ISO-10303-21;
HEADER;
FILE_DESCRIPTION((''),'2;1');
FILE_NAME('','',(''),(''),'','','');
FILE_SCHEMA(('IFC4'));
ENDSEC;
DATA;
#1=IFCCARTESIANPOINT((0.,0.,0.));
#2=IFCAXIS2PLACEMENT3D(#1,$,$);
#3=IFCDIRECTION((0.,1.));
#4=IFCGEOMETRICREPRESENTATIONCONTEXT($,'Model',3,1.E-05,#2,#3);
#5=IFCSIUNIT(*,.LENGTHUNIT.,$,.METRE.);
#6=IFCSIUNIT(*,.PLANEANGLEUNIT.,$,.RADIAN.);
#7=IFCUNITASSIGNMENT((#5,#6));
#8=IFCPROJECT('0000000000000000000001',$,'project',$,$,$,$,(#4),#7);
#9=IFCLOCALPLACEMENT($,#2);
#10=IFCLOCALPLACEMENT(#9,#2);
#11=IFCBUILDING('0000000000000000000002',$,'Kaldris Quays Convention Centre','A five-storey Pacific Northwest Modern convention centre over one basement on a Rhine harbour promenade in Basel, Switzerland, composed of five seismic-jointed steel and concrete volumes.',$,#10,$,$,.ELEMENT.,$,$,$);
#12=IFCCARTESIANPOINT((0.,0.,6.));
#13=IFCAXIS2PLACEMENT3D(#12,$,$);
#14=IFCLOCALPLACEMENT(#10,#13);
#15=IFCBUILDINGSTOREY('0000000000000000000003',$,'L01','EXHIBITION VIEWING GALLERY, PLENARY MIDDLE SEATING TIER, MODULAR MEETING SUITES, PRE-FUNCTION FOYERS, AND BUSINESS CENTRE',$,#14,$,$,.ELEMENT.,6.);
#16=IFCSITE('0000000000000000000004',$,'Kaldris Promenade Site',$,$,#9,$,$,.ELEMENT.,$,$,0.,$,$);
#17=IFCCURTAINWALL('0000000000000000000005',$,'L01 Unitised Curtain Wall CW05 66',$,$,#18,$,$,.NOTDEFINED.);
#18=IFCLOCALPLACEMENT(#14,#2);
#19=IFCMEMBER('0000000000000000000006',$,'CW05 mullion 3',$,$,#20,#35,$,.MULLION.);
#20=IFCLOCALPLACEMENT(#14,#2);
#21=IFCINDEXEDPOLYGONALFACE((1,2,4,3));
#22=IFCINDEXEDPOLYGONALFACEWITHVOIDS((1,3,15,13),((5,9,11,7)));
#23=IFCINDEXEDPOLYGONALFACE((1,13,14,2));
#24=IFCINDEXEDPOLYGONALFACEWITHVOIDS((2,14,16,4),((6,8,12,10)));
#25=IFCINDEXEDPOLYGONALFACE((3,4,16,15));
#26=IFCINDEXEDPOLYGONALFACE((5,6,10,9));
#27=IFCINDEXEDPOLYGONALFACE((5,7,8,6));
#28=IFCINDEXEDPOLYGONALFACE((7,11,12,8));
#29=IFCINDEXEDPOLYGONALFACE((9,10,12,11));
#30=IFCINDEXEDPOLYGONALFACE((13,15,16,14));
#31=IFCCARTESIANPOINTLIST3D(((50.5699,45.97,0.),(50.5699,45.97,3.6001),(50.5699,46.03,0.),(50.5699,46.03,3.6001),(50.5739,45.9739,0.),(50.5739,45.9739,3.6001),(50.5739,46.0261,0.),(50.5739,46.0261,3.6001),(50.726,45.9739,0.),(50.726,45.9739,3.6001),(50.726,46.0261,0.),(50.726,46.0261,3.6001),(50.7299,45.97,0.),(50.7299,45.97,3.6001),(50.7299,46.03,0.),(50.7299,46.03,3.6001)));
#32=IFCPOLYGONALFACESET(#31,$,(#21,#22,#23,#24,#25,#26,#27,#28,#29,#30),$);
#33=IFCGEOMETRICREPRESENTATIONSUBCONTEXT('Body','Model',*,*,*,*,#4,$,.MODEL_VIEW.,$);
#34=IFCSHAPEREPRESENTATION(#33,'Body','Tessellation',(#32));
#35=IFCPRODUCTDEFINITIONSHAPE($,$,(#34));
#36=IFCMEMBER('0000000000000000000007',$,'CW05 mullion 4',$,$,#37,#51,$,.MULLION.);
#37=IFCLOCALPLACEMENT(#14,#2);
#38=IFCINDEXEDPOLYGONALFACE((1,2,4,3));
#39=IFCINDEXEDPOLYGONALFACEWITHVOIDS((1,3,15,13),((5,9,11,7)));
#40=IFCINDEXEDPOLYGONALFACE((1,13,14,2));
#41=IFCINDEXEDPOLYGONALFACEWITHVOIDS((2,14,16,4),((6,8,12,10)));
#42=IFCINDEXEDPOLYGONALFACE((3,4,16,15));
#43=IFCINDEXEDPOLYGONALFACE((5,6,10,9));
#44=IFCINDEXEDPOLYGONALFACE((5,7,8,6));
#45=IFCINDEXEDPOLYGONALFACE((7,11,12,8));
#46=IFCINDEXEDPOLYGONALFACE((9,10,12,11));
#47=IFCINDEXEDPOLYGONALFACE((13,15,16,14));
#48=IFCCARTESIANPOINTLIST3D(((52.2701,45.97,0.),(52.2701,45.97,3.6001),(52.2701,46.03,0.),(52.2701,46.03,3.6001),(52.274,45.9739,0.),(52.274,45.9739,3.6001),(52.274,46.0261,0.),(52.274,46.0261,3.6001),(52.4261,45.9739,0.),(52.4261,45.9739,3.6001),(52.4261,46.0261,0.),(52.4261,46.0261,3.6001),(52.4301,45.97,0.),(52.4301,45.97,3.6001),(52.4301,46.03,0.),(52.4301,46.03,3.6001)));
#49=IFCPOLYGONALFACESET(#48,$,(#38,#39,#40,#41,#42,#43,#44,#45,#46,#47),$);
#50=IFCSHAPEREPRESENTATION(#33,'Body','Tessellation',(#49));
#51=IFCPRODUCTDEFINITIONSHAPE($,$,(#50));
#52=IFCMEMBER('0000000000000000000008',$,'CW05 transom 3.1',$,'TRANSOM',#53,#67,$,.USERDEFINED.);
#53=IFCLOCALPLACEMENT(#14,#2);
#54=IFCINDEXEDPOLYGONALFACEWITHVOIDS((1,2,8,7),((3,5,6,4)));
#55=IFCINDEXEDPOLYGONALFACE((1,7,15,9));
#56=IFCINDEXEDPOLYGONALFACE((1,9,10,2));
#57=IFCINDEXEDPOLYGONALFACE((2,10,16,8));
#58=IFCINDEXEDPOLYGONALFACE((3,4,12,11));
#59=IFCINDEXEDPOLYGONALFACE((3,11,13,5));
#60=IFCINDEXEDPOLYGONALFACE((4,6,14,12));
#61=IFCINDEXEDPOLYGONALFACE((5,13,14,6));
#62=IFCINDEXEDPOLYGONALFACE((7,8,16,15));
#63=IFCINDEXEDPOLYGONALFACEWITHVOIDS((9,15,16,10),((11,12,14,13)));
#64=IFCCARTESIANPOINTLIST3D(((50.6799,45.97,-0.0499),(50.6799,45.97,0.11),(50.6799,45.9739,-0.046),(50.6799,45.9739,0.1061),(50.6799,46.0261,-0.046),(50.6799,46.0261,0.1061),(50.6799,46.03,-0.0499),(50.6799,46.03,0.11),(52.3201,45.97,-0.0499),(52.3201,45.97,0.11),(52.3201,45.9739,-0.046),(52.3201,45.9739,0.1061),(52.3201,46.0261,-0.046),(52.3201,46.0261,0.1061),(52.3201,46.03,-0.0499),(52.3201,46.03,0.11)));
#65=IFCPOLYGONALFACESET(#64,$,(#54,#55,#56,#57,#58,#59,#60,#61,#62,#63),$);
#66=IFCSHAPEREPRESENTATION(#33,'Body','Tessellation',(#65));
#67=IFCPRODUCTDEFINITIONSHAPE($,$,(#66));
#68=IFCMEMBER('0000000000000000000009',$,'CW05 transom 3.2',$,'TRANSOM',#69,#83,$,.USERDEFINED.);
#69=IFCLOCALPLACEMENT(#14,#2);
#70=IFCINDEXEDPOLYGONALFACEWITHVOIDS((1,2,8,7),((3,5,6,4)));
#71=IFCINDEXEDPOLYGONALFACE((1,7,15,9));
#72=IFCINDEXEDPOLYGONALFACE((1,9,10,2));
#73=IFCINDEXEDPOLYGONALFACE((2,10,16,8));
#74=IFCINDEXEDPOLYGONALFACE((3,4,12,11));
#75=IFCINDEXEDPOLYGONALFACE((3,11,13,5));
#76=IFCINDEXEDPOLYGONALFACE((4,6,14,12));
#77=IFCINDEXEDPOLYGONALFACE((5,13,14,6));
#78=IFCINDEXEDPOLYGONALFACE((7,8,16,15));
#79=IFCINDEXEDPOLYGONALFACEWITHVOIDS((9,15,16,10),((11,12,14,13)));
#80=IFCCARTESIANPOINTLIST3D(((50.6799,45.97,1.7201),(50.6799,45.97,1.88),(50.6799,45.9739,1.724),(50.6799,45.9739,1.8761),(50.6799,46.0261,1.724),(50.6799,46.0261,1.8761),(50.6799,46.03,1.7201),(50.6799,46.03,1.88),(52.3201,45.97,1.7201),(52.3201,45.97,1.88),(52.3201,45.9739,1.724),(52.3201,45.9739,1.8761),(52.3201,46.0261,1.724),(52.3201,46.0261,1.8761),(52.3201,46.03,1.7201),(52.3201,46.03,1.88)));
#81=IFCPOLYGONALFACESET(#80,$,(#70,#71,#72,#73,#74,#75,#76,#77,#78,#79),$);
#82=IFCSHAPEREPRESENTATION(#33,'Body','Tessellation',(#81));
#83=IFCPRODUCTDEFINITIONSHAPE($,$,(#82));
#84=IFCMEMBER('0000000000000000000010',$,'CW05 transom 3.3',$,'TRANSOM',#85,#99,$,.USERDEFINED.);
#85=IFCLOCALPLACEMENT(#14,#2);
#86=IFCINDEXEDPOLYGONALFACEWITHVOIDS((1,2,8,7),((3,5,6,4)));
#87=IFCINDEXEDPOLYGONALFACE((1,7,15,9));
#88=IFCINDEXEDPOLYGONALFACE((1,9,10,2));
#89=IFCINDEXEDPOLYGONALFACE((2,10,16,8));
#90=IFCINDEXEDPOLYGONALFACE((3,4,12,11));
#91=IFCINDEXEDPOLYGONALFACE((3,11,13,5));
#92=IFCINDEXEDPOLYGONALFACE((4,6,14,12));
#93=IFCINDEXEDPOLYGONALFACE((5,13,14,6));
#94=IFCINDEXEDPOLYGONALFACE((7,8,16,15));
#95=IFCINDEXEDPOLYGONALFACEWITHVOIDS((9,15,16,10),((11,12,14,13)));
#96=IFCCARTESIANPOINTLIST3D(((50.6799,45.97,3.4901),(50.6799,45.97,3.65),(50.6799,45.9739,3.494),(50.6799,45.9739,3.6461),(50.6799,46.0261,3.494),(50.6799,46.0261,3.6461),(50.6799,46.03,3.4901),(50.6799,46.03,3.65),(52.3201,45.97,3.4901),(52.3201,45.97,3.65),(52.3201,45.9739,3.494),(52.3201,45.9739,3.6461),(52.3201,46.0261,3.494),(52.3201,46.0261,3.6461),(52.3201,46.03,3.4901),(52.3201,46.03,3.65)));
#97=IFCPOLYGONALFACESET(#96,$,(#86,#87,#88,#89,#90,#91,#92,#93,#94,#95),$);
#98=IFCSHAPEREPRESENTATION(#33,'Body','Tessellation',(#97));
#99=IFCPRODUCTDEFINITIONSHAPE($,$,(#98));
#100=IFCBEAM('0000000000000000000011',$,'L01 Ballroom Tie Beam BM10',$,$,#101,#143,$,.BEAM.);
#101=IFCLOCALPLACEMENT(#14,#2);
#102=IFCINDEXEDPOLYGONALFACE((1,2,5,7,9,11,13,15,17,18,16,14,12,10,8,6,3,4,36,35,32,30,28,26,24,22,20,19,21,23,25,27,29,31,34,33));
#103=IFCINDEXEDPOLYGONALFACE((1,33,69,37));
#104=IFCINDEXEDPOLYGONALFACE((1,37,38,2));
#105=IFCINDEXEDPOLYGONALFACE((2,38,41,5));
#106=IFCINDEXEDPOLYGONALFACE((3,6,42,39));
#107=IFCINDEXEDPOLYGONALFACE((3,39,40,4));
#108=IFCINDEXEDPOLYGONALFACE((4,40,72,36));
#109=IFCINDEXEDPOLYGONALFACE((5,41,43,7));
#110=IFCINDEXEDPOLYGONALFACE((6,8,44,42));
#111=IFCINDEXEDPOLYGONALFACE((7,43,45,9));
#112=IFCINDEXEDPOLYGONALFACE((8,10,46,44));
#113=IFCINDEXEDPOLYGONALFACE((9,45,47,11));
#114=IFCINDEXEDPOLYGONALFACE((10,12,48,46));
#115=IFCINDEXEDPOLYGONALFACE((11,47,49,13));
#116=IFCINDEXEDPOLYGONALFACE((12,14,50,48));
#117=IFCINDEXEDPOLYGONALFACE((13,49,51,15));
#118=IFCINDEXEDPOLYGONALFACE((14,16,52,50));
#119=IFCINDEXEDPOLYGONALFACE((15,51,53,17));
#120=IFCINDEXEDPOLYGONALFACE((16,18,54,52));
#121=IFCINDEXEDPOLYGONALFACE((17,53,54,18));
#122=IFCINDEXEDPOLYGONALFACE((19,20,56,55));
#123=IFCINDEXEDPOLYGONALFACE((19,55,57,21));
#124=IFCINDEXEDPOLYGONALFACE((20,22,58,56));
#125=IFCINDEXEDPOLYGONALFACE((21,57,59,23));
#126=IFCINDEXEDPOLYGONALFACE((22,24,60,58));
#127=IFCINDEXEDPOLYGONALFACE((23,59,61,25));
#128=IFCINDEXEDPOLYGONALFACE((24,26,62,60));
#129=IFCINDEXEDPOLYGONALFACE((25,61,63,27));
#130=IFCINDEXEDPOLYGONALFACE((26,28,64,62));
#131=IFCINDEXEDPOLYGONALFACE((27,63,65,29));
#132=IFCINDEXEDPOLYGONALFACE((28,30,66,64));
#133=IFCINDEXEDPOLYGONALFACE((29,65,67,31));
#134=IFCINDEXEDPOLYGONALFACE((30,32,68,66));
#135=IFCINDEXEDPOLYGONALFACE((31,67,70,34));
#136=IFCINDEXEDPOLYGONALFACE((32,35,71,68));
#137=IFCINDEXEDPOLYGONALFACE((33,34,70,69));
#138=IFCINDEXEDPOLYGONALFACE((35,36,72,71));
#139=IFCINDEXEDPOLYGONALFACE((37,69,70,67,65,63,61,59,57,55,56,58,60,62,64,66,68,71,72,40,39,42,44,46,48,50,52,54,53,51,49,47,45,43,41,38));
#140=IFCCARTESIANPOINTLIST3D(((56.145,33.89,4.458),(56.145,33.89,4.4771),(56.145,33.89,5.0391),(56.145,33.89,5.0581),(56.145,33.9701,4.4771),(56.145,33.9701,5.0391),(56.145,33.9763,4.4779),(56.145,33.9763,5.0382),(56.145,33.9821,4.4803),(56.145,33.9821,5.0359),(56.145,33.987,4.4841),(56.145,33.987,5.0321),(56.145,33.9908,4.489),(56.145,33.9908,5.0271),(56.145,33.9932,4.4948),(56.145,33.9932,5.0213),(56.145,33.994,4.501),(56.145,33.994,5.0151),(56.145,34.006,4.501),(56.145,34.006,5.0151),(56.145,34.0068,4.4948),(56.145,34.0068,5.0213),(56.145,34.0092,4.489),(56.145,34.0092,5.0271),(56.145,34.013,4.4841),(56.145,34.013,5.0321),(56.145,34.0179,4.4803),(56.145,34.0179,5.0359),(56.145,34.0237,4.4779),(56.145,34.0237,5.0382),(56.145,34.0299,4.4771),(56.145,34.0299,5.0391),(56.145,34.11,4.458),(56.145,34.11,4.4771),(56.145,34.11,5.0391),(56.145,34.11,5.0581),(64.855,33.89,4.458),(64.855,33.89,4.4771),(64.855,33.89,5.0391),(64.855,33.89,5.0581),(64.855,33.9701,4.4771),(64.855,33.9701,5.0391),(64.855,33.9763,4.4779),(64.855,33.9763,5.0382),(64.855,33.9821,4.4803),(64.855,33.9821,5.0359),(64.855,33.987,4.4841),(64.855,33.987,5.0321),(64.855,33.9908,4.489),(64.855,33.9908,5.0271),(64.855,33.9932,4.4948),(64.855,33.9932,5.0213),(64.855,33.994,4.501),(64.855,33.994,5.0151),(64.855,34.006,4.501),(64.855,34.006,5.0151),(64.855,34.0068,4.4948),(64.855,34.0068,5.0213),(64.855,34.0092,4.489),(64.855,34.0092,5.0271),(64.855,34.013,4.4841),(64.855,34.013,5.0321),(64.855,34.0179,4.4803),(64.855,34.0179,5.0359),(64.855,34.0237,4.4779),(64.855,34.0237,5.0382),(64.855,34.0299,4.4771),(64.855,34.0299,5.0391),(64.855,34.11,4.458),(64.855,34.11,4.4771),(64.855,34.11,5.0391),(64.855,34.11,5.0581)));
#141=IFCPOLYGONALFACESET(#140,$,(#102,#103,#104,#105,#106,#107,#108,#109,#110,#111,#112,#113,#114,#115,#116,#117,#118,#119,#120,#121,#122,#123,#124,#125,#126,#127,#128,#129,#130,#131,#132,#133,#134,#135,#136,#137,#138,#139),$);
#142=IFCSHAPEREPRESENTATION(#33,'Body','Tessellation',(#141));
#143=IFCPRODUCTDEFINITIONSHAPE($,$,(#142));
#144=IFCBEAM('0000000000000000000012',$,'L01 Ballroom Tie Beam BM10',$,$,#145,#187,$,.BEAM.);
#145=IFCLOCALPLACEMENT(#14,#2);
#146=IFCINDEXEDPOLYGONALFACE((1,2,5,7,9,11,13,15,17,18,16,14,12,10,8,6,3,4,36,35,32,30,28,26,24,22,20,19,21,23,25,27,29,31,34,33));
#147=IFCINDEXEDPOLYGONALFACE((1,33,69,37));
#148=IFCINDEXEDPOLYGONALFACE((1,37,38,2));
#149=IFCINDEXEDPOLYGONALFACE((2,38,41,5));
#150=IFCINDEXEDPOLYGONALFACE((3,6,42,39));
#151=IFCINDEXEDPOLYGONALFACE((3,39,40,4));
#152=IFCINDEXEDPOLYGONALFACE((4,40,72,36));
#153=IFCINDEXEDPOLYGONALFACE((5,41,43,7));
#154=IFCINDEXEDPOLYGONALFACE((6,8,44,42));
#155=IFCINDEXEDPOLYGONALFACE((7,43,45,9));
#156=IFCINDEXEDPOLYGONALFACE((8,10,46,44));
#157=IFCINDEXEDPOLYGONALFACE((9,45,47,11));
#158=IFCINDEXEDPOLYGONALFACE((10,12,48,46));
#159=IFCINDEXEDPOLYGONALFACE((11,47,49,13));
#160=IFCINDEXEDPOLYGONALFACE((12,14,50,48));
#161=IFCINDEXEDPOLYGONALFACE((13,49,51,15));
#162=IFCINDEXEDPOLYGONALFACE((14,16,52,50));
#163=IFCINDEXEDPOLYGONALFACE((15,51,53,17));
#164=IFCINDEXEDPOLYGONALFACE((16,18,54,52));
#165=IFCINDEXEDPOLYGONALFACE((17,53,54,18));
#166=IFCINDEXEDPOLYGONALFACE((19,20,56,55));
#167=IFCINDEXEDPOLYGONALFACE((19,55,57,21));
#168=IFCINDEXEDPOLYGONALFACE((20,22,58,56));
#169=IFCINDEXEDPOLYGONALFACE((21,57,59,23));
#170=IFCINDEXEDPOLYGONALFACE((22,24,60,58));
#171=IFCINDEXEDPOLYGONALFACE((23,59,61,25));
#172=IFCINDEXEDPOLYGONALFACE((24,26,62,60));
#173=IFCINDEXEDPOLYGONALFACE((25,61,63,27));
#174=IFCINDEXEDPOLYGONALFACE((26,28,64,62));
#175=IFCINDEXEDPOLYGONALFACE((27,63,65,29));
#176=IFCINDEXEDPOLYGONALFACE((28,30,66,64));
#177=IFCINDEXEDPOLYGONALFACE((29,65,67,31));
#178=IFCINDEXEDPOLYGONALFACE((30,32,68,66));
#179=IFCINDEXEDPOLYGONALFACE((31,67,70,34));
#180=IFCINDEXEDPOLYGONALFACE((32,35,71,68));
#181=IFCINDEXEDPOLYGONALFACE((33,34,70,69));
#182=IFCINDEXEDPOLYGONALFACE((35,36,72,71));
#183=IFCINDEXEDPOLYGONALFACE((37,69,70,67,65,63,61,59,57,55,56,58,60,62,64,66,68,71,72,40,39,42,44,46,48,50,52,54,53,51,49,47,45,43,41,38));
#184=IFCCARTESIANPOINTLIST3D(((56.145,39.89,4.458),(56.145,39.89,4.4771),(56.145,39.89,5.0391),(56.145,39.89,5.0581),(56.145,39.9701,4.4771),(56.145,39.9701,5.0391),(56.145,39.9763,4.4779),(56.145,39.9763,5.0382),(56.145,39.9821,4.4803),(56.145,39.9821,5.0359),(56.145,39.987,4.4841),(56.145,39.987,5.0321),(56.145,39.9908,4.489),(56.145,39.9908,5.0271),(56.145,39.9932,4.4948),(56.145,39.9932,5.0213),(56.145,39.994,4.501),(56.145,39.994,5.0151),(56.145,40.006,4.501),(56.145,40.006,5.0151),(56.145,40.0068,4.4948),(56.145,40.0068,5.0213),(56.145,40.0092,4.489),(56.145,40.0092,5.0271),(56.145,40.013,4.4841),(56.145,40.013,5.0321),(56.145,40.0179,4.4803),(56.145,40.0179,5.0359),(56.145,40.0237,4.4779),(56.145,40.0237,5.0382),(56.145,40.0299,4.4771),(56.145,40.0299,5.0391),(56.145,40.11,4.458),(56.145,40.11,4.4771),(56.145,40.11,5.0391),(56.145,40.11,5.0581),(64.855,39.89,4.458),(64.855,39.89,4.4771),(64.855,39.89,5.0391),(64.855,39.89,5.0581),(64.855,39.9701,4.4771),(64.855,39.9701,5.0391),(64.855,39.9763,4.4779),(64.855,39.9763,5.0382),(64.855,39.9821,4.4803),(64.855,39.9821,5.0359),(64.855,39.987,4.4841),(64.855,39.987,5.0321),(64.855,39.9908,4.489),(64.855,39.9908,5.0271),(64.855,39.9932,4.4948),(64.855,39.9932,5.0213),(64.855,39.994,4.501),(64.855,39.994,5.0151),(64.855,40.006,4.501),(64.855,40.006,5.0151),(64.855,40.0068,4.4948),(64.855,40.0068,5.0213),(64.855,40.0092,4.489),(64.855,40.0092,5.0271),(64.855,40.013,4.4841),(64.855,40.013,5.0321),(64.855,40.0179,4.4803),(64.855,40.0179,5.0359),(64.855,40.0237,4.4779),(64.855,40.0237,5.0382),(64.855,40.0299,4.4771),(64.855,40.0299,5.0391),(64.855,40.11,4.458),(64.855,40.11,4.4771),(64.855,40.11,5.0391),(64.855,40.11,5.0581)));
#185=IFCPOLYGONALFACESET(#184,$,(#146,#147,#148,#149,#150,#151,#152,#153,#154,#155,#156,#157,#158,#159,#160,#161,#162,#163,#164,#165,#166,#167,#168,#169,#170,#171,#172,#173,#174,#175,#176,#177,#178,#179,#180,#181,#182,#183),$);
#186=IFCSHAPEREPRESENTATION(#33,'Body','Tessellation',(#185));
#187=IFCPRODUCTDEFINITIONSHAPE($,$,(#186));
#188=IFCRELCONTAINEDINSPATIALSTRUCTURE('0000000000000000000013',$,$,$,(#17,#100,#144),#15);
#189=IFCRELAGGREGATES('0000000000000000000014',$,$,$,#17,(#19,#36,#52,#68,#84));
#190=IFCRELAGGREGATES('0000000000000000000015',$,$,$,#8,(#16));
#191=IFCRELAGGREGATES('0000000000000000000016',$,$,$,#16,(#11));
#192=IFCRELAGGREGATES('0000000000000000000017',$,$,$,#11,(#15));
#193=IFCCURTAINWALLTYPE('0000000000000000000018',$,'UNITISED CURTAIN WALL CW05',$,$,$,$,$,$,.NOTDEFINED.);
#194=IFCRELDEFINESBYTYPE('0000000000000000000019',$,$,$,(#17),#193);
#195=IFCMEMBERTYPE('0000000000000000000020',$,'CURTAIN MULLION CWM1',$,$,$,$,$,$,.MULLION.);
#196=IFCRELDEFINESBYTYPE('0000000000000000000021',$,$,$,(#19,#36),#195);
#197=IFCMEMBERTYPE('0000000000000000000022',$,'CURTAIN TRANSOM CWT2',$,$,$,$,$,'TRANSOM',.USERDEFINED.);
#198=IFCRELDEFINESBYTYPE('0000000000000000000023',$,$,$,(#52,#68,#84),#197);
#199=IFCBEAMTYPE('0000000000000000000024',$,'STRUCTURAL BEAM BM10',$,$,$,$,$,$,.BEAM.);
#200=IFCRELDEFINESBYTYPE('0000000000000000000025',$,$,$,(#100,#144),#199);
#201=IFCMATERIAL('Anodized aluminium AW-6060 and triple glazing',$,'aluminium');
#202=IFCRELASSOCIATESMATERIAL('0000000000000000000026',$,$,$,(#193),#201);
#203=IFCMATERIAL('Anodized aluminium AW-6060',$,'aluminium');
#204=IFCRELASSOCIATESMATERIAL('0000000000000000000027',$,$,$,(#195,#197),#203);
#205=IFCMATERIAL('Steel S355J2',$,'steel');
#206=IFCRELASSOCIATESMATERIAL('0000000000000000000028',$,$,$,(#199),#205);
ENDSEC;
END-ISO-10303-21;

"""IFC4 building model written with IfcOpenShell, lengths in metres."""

from ifc_helpers import new_model, si_unit, direction, frame, origin, origin_2d, place, context, subcontext, project, spatial, hollow_rectangle, i_section, extrude, material, material_profile, profile_set, type_object, element, aggregate, save


model = new_model("IFC4")

# Units and contexts
model_context = context("Model", 3, precision=1e-05, world=origin(), true_north=direction((0.0, 1.0)))
body_context = subcontext(model_context, "Body", "Model", "MODEL_VIEW")
ifc_project = project(units=[si_unit("LENGTHUNIT", "METRE"), si_unit("PLANEANGLEUNIT", "RADIAN")], contexts=[model_context])

# Site, building, storey
site_placement = place(None, origin())
site = spatial("IfcSite", under=ifc_project, at=site_placement, Name="Kaldris Promenade Site", CompositionType="ELEMENT", RefElevation=0.0)
building_placement = place(site_placement, origin())
building = spatial("IfcBuilding", under=site, at=building_placement, Name="Kaldris Quays Convention Centre", Description="A five-storey Pacific Northwest Modern convention centre over one basement on a Rhine harbour promenade in Basel, Switzerland, composed of five seismic-jointed steel and concrete volumes.", CompositionType="ELEMENT")
storey_placement = place(building_placement, frame((0.0, 0.0, 6.0)))
storey = spatial("IfcBuildingStorey", under=building, at=storey_placement, Name="L01", Description="EXHIBITION VIEWING GALLERY, PLENARY MIDDLE SEATING TIER, MODULAR MEETING SUITES, PRE-FUNCTION FOYERS, AND BUSINESS CENTRE", CompositionType="ELEMENT", Elevation=6.0)

# Curtain wall, members
ifc_material_1 = material(Name="Anodized aluminium AW-6060 and triple glazing", Category="aluminium")
curtain_wall_type = type_object("IfcCurtainWallType", Name="UNITISED CURTAIN WALL CW05", PredefinedType="NOTDEFINED", material=ifc_material_1)
curtain_wall_placement = place(storey_placement, origin())
curtain_wall = element("IfcCurtainWall", 1, at=curtain_wall_placement, inside=storey, type_object=curtain_wall_type, Name="L01 Unitised Curtain Wall CW05 66", PredefinedType="NOTDEFINED")
ifc_material_2 = material(Name="Anodized aluminium AW-6060", Category="aluminium")
ifc_material_profile_1 = material_profile(ifc_material_2, hollow_rectangle(XDim=0.0601, YDim=0.1599, WallThickness=0.0039, at=origin_2d()), Name="RHS 160x60x4")
ifc_profile_set_1 = profile_set([ifc_material_profile_1], Name="Anodized aluminium AW-6060")
member_type_1 = type_object("IfcMemberType", Name="CURTAIN MULLION CWM1", PredefinedType="MULLION", material=ifc_profile_set_1)
member_1_placement = place(storey_placement, frame((50.6499, 46.0, 0.0), z_axis=(0.0, 0.0, 1.0), x_axis=(0.0, 1.0, 0.0)))
member_1 = element("IfcMember", 2, at=member_1_placement, type_object=member_type_1, Name="CW05 mullion 3", PredefinedType="MULLION", context=body_context, shape_type="SweptSolid", body=[
    extrude(hollow_rectangle(XDim=0.0601, YDim=0.1599, WallThickness=0.0039, at=origin_2d()), origin(), (0.0, 0.0, 1.0), 3.6001),
])
member_2_placement = place(storey_placement, frame((52.3501, 46.0, 0.0), z_axis=(0.0, 0.0, 1.0), x_axis=(0.0, 1.0, 0.0)))
member_2 = element("IfcMember", 3, at=member_2_placement, type_object=member_type_1, Name="CW05 mullion 4", PredefinedType="MULLION", context=body_context, shape_type="SweptSolid", body=[
    extrude(hollow_rectangle(XDim=0.0601, YDim=0.1599, WallThickness=0.0039, at=origin_2d()), origin(), (0.0, 0.0, 1.0), 3.6001),
])
ifc_material_profile_2 = material_profile(ifc_material_2, hollow_rectangle(XDim=0.0601, YDim=0.1599, WallThickness=0.0039, at=origin_2d()), Name="RHS 160x60x4")
ifc_profile_set_2 = profile_set([ifc_material_profile_2], Name="Anodized aluminium AW-6060")
member_type_2 = type_object("IfcMemberType", Name="CURTAIN TRANSOM CWT2", ElementType="TRANSOM", PredefinedType="USERDEFINED", material=ifc_profile_set_2)
member_3_placement = place(storey_placement, frame((50.6799, 46.0, 0.03), z_axis=(1.0, 0.0, 0.0), x_axis=(0.0, 1.0, 0.0)))
member_3 = element("IfcMember", 4, at=member_3_placement, type_object=member_type_2, Name="CW05 transom 3.1", ObjectType="TRANSOM", PredefinedType="USERDEFINED", context=body_context, shape_type="SweptSolid", body=[
    extrude(hollow_rectangle(XDim=0.0601, YDim=0.1599, WallThickness=0.0039, at=origin_2d()), origin(), (0.0, 0.0, 1.0), 1.6401),
])
member_4_placement = place(storey_placement, frame((50.6799, 46.0, 1.8), z_axis=(1.0, 0.0, 0.0), x_axis=(0.0, 1.0, 0.0)))
member_4 = element("IfcMember", 5, at=member_4_placement, type_object=member_type_2, Name="CW05 transom 3.2", ObjectType="TRANSOM", PredefinedType="USERDEFINED", context=body_context, shape_type="SweptSolid", body=[
    extrude(hollow_rectangle(XDim=0.0601, YDim=0.1599, WallThickness=0.0039, at=origin_2d()), origin(), (0.0, 0.0, 1.0), 1.6401),
])
member_5_placement = place(storey_placement, frame((50.6799, 46.0, 3.5701), z_axis=(1.0, 0.0, 0.0), x_axis=(0.0, 1.0, 0.0)))
member_5 = element("IfcMember", 6, at=member_5_placement, type_object=member_type_2, Name="CW05 transom 3.3", ObjectType="TRANSOM", PredefinedType="USERDEFINED", context=body_context, shape_type="SweptSolid", body=[
    extrude(hollow_rectangle(XDim=0.0601, YDim=0.1599, WallThickness=0.0039, at=origin_2d()), origin(), (0.0, 0.0, 1.0), 1.6401),
])

# Beams
ifc_material_3 = material(Name="Steel S355J2", Category="steel")
ifc_material_profile_3 = material_profile(ifc_material_3, i_section(OverallWidth=0.22, OverallDepth=0.6001, WebThickness=0.012, FlangeThickness=0.019, FilletRadius=0.0239, at=origin_2d()), Name="IPE 600")
ifc_profile_set_3 = profile_set([ifc_material_profile_3], Name="Steel S355J2")
beam_type = type_object("IfcBeamType", Name="STRUCTURAL BEAM BM10", PredefinedType="BEAM", material=ifc_profile_set_3)
for number, where, z_axis, x_axis, name in (
    (7, (56.145, 34.0, 4.7581), (1.0, 0.0, 0.0), (0.0, 1.0, 0.0), "L01 Ballroom Tie Beam BM10"),
    (8, (56.145, 40.0, 4.7581), (1.0, 0.0, 0.0), (0.0, 1.0, 0.0), "L01 Ballroom Tie Beam BM10"),
):
    element("IfcBeam", number, at=place(storey_placement, frame(where, z_axis=z_axis, x_axis=x_axis)), inside=storey, type_object=beam_type, Name=name, PredefinedType="BEAM", context=body_context, shape_type="SweptSolid", body=[
        extrude(i_section(OverallWidth=0.22, OverallDepth=0.6001, WebThickness=0.012, FlangeThickness=0.019, FilletRadius=0.0239, at=origin_2d()), origin(), (0.0, 0.0, 1.0), 8.71),
    ])

aggregate(curtain_wall, [member_1, member_2, member_3, member_4, member_5])

save(model, "model.ifc")
